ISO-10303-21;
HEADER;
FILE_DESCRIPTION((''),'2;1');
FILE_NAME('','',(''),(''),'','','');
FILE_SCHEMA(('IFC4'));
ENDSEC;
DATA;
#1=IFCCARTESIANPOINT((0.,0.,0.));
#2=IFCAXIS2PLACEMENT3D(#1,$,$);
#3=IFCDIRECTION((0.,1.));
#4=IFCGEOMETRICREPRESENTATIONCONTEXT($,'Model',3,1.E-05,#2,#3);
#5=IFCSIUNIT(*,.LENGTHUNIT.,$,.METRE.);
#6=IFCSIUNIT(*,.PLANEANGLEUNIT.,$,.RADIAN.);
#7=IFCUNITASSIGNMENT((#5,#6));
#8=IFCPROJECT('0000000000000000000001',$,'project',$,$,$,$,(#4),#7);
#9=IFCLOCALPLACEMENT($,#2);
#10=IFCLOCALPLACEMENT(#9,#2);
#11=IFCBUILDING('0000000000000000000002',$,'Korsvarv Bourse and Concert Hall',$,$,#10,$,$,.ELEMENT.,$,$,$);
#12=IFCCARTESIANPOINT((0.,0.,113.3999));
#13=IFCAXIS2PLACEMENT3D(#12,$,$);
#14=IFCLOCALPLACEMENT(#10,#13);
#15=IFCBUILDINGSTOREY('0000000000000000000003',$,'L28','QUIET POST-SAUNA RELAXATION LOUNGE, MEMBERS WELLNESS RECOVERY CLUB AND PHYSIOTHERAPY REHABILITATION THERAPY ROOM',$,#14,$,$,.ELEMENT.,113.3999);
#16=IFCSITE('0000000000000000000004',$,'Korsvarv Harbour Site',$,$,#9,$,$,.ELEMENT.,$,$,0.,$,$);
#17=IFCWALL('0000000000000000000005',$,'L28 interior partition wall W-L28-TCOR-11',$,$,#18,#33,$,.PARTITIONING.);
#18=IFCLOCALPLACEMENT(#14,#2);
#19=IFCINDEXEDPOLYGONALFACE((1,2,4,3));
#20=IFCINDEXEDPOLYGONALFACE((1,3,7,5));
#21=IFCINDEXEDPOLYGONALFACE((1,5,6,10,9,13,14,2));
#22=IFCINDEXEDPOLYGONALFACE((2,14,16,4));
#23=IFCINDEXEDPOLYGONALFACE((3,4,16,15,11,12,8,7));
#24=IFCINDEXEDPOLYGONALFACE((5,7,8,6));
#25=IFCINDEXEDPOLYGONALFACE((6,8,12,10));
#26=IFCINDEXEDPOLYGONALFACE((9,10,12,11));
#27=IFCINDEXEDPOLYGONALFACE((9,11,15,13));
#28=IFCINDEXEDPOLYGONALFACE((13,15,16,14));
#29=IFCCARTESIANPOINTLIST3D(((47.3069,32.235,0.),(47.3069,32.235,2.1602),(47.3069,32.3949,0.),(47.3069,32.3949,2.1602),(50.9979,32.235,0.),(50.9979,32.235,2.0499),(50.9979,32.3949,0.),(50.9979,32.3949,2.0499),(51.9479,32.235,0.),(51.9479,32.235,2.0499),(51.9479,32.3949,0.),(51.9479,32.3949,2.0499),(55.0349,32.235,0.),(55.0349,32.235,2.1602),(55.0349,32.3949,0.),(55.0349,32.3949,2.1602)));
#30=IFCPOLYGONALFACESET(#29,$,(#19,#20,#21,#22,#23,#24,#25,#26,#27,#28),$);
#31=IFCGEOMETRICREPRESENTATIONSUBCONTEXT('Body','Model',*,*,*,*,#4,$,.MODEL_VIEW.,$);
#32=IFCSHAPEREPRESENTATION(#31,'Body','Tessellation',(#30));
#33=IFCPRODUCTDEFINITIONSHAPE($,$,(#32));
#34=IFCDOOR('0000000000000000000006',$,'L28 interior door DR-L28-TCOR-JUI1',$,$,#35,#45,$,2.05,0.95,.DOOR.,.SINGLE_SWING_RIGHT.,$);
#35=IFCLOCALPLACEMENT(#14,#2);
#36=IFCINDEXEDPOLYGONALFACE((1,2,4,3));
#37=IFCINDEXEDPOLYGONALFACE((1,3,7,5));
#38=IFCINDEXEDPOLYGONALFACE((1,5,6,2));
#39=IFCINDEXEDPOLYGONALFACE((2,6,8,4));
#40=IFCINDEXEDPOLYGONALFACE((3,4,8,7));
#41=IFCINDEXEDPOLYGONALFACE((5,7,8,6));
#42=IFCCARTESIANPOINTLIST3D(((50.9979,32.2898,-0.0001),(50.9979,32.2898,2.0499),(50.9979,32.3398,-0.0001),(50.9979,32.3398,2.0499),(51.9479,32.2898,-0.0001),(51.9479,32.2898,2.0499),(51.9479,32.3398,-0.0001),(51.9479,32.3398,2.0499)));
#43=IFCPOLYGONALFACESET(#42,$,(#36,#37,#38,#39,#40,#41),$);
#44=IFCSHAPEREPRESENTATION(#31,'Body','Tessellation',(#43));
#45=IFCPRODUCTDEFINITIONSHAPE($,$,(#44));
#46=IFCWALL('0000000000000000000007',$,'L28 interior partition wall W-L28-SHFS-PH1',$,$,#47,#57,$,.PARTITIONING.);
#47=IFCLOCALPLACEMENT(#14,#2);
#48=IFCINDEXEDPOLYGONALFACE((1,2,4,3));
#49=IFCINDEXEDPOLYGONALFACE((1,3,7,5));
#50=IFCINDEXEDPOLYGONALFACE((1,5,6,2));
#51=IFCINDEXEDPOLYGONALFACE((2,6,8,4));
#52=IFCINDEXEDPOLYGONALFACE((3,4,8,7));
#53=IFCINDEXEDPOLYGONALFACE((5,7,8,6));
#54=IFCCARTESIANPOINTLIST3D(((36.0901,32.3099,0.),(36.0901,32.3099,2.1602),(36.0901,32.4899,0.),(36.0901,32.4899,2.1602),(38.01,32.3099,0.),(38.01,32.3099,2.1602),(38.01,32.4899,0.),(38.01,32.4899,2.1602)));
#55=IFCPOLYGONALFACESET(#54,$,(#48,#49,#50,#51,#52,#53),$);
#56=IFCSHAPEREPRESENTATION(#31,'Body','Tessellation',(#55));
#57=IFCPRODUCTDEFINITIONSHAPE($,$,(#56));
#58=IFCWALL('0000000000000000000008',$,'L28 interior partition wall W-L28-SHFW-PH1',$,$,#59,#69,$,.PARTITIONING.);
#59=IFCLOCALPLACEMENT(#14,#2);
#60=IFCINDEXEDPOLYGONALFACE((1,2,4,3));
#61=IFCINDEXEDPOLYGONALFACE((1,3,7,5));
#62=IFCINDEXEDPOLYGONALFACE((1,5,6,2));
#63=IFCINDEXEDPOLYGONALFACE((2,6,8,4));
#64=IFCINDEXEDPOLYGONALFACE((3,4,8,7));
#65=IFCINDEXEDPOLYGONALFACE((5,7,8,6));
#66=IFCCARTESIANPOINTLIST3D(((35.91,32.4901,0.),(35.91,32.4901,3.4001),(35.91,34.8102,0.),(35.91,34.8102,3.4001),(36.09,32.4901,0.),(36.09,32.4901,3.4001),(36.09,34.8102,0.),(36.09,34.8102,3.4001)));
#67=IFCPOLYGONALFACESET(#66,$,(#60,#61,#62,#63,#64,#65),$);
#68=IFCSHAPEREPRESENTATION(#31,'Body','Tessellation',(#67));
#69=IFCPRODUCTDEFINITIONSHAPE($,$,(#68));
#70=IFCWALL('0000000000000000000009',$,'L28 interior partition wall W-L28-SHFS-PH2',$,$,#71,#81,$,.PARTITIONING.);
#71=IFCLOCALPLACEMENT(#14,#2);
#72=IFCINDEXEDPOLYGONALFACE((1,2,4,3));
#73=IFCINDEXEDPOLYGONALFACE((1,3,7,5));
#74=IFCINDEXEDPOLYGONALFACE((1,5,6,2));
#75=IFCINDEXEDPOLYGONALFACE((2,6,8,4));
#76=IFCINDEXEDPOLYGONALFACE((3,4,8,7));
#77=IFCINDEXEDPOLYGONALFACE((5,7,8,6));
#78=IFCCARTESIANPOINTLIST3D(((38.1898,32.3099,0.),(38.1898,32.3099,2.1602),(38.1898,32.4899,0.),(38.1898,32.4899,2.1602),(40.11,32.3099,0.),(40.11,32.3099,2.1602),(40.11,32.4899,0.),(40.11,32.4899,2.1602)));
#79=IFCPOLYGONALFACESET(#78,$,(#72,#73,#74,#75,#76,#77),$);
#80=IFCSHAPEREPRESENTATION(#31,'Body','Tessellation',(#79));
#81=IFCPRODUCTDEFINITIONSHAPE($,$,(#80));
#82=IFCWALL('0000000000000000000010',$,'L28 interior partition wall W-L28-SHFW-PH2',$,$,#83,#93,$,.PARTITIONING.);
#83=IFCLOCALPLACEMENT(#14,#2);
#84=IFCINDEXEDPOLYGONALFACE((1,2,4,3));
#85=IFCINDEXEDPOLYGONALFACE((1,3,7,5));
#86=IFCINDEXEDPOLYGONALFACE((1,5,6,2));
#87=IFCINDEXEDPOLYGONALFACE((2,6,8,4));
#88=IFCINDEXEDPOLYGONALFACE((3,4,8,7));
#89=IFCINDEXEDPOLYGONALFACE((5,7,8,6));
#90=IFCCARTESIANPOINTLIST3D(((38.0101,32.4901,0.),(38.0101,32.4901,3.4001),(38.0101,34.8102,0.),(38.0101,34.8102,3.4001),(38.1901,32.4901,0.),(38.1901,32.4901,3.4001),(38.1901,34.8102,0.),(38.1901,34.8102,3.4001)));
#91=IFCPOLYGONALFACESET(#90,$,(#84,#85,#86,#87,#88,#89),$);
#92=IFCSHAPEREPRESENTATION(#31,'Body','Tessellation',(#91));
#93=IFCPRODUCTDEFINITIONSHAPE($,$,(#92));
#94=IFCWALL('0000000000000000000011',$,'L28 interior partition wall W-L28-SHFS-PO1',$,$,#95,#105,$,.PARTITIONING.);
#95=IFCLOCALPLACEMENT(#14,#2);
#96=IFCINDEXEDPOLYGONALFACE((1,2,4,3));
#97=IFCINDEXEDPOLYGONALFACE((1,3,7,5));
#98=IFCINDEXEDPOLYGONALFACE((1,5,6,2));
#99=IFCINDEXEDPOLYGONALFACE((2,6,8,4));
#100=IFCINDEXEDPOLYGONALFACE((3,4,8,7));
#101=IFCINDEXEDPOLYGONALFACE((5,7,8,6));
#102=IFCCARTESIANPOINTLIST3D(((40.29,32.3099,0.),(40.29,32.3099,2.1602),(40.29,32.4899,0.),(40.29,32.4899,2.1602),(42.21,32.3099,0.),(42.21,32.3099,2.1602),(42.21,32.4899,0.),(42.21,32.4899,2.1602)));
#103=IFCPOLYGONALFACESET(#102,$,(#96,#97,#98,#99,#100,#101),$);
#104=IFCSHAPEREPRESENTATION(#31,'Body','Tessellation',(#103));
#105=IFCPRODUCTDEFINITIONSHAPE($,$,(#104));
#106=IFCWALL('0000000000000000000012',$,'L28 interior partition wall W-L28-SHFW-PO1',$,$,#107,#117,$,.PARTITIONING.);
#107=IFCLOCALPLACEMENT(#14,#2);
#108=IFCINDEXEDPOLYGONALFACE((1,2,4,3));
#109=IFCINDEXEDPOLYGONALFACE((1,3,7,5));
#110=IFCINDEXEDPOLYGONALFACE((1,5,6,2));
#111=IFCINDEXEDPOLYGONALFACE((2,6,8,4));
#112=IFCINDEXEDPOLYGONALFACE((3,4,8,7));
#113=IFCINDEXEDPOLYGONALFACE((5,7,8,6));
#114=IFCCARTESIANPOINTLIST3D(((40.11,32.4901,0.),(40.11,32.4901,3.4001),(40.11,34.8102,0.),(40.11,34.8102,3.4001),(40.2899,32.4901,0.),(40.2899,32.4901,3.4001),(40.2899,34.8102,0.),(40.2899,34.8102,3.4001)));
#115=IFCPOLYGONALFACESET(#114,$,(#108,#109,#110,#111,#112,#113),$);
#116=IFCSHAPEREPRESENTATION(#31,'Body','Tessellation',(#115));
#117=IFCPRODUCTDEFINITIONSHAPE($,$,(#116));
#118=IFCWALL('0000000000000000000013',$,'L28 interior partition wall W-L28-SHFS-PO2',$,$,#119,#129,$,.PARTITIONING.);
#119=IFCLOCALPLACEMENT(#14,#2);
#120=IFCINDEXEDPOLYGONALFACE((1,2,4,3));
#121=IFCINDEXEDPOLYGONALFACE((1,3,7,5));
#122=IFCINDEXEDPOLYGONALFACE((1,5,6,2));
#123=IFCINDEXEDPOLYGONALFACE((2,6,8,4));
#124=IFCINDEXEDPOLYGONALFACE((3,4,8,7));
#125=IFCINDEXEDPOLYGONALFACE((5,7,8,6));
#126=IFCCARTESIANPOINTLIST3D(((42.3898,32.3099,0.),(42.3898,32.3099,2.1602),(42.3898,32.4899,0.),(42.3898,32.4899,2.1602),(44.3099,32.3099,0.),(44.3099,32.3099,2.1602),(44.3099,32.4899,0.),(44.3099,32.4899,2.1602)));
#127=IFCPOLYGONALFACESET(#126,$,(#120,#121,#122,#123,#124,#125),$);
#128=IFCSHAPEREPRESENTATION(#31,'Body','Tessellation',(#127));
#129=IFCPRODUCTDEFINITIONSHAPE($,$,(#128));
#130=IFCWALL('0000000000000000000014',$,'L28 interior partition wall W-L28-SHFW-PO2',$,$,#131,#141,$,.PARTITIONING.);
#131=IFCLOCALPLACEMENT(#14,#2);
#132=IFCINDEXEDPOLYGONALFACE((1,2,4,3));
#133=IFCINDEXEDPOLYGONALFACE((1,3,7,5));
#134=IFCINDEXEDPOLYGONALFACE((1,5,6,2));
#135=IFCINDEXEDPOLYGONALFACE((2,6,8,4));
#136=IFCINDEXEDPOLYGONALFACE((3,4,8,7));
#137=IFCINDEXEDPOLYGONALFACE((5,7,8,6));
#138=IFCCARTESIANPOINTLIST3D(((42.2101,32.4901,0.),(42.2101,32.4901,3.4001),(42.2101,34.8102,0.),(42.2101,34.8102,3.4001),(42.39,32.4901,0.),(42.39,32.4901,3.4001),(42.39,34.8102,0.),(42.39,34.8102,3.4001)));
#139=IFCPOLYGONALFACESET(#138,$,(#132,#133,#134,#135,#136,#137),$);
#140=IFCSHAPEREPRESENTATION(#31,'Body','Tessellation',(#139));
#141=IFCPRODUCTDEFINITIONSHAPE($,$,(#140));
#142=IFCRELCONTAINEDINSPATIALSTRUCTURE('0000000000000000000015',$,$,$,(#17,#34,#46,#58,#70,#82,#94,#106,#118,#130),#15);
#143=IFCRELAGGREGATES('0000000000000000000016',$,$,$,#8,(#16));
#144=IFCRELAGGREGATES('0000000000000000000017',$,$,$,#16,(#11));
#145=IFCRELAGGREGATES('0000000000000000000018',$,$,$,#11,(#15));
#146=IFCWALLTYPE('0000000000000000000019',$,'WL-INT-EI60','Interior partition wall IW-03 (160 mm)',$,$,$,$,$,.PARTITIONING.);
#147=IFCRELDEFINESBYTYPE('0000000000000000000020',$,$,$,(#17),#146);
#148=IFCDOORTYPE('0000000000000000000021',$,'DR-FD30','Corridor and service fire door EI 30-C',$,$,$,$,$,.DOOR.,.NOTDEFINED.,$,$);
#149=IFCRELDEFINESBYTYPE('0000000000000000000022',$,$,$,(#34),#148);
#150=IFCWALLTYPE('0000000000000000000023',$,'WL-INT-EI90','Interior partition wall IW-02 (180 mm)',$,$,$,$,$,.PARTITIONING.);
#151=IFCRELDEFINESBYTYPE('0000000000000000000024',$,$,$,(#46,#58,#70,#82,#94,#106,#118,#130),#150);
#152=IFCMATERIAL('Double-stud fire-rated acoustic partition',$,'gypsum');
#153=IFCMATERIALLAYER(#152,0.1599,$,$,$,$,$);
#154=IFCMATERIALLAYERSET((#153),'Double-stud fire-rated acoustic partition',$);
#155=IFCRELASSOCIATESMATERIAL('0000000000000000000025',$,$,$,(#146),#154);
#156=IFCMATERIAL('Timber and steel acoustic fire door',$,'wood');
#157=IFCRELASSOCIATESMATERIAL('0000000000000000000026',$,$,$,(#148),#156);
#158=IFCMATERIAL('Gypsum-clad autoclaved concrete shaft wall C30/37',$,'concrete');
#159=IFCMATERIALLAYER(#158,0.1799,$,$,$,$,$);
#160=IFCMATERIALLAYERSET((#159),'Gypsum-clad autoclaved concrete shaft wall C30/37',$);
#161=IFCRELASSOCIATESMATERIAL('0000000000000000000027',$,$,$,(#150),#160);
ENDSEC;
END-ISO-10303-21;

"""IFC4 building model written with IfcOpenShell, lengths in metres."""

from ifc_helpers import new_model, si_unit, direction, frame, frame_2d, origin, place, context, subcontext, project, spatial, rectangle, extrude, material, layer, layer_set, type_object, element, fill, save


model = new_model("IFC4")

# Units and contexts
model_context = context("Model", 3, precision=1e-05, world=origin(), true_north=direction((0.0, 1.0)))
body_context = subcontext(model_context, "Body", "Model", "MODEL_VIEW")
ifc_project = project(units=[si_unit("LENGTHUNIT", "METRE"), si_unit("PLANEANGLEUNIT", "RADIAN")], contexts=[model_context])

# Site, building, storey
site_placement = place(None, origin())
site = spatial("IfcSite", under=ifc_project, at=site_placement, Name="Korsvarv Harbour Site", CompositionType="ELEMENT", RefElevation=0.0)
building_placement = place(site_placement, origin())
building = spatial("IfcBuilding", under=site, at=building_placement, Name="Korsvarv Bourse and Concert Hall", CompositionType="ELEMENT")
storey_placement = place(building_placement, frame((0.0, 0.0, 113.3999)))
storey = spatial("IfcBuildingStorey", under=building, at=storey_placement, Name="L28", Description="QUIET POST-SAUNA RELAXATION LOUNGE, MEMBERS WELLNESS RECOVERY CLUB AND PHYSIOTHERAPY REHABILITATION THERAPY ROOM", CompositionType="ELEMENT", Elevation=113.3999)

# Shared definitions
ifc_material_1 = material(Name="Double-stud fire-rated acoustic partition", Category="gypsum")
ifc_layer_1 = layer(ifc_material_1, 0.1599)
ifc_layer_set_1 = layer_set([ifc_layer_1], Name="Double-stud fire-rated acoustic partition")
wall_type_1 = type_object("IfcWallType", Name="WL-INT-EI60", Description="Interior partition wall IW-03 (160 mm)", PredefinedType="PARTITIONING", material=ifc_layer_set_1)
ifc_material_2 = material(Name="Timber and steel acoustic fire door", Category="wood")
door_type = type_object("IfcDoorType", Name="DR-FD30", Description="Corridor and service fire door EI 30-C", OperationType="NOTDEFINED", PredefinedType="DOOR", material=ifc_material_2)

# Wall, opening, door
wall_1_placement = place(storey_placement, frame((47.3069, 32.3149, 0.0), z_axis=(0.0, 0.0, 1.0), x_axis=(1.0, 0.0, 0.0)))
wall_1 = element("IfcWall", 1, at=wall_1_placement, inside=storey, type_object=wall_type_1, Name="L28 interior partition wall W-L28-TCOR-11", PredefinedType="PARTITIONING", context=body_context, shape_type="SweptSolid", body=[
    extrude(rectangle(XDim=7.728, YDim=0.1599, at=frame_2d((3.864, 0.0))), origin(), (0.0, 0.0, 1.0), 2.1602),
])
opening_1_placement = place(wall_1_placement, frame((3.6909, 0.0, 0.0)))
opening_1 = element("IfcOpeningElement", 2, at=opening_1_placement, cuts=wall_1, PredefinedType="OPENING", context=body_context, shape_type="SweptSolid", body=[
    extrude(rectangle(XDim=0.95, YDim=2.05, at=frame_2d((0.4751, 1.0249))), frame((0.0, 0.0898, 0.0), z_axis=(0.0, -1.0, 0.0), x_axis=(1.0, 0.0, 0.0)), (0.0, 0.0, 1.0), 0.1799),
])
door_1_placement = place(opening_1_placement, origin())
door_1 = element("IfcDoor", 3, at=door_1_placement, inside=storey, type_object=door_type, Name="L28 interior door DR-L28-TCOR-JUI1", OperationType="SINGLE_SWING_RIGHT", OverallHeight=2.05, OverallWidth=0.95, PredefinedType="DOOR", context=body_context, shape_type="SweptSolid", body=[
    extrude(rectangle(XDim=0.95, YDim=2.05, at=frame_2d((0.4751, 1.0249))), frame((0.0, 0.0249, 0.0), z_axis=(0.0, -1.0, 0.0), x_axis=(1.0, 0.0, 0.0)), (0.0, 0.0, 1.0), 0.05),
])
fill(opening_1, door_1)

# Walls
ifc_material_3 = material(Name="Gypsum-clad autoclaved concrete shaft wall C30/37", Category="concrete")
ifc_layer_2 = layer(ifc_material_3, 0.1799)
ifc_layer_set_2 = layer_set([ifc_layer_2], Name="Gypsum-clad autoclaved concrete shaft wall C30/37")
wall_type_2 = type_object("IfcWallType", Name="WL-INT-EI90", Description="Interior partition wall IW-02 (180 mm)", PredefinedType="PARTITIONING", material=ifc_layer_set_2)
wall_2_placement = place(storey_placement, frame((36.0901, 32.3999, 0.0), z_axis=(0.0, 0.0, 1.0), x_axis=(1.0, 0.0, 0.0)))
element("IfcWall", 4, at=wall_2_placement, inside=storey, type_object=wall_type_2, Name="L28 interior partition wall W-L28-SHFS-PH1", PredefinedType="PARTITIONING", context=body_context, shape_type="SweptSolid", body=[
    extrude(rectangle(XDim=1.9199, YDim=0.1799, at=frame_2d((0.96, 0.0))), origin(), (0.0, 0.0, 1.0), 2.1602),
])
wall_3_placement = place(storey_placement, frame((36.0, 32.49, 0.0), z_axis=(0.0, 0.0, 1.0), x_axis=(0.0, 1.0, 0.0)))
element("IfcWall", 5, at=wall_3_placement, inside=storey, type_object=wall_type_2, Name="L28 interior partition wall W-L28-SHFW-PH1", PredefinedType="PARTITIONING", context=body_context, shape_type="SweptSolid", body=[
    extrude(rectangle(XDim=2.3201, YDim=0.1799, at=frame_2d((1.1602, 0.0))), origin(), (0.0, 0.0, 1.0), 3.4001),
])
wall_4_placement = place(storey_placement, frame((38.1899, 32.3999, 0.0), z_axis=(0.0, 0.0, 1.0), x_axis=(1.0, 0.0, 0.0)))
element("IfcWall", 6, at=wall_4_placement, inside=storey, type_object=wall_type_2, Name="L28 interior partition wall W-L28-SHFS-PH2", PredefinedType="PARTITIONING", context=body_context, shape_type="SweptSolid", body=[
    extrude(rectangle(XDim=1.9202, YDim=0.1799, at=frame_2d((0.96, 0.0))), origin(), (0.0, 0.0, 1.0), 2.1602),
])
wall_5_placement = place(storey_placement, frame((38.1001, 32.49, 0.0), z_axis=(0.0, 0.0, 1.0), x_axis=(0.0, 1.0, 0.0)))
element("IfcWall", 7, at=wall_5_placement, inside=storey, type_object=wall_type_2, Name="L28 interior partition wall W-L28-SHFW-PH2", PredefinedType="PARTITIONING", context=body_context, shape_type="SweptSolid", body=[
    extrude(rectangle(XDim=2.3201, YDim=0.1799, at=frame_2d((1.1602, 0.0))), origin(), (0.0, 0.0, 1.0), 3.4001),
])
wall_6_placement = place(storey_placement, frame((40.29, 32.3999, 0.0), z_axis=(0.0, 0.0, 1.0), x_axis=(1.0, 0.0, 0.0)))
element("IfcWall", 8, at=wall_6_placement, inside=storey, type_object=wall_type_2, Name="L28 interior partition wall W-L28-SHFS-PO1", PredefinedType="PARTITIONING", context=body_context, shape_type="SweptSolid", body=[
    extrude(rectangle(XDim=1.9199, YDim=0.1799, at=frame_2d((0.96, 0.0))), origin(), (0.0, 0.0, 1.0), 2.1602),
])
wall_7_placement = place(storey_placement, frame((40.2, 32.49, 0.0), z_axis=(0.0, 0.0, 1.0), x_axis=(0.0, 1.0, 0.0)))
element("IfcWall", 9, at=wall_7_placement, inside=storey, type_object=wall_type_2, Name="L28 interior partition wall W-L28-SHFW-PO1", PredefinedType="PARTITIONING", context=body_context, shape_type="SweptSolid", body=[
    extrude(rectangle(XDim=2.3201, YDim=0.1799, at=frame_2d((1.1602, 0.0))), origin(), (0.0, 0.0, 1.0), 3.4001),
])
wall_8_placement = place(storey_placement, frame((42.3899, 32.3999, 0.0), z_axis=(0.0, 0.0, 1.0), x_axis=(1.0, 0.0, 0.0)))
element("IfcWall", 10, at=wall_8_placement, inside=storey, type_object=wall_type_2, Name="L28 interior partition wall W-L28-SHFS-PO2", PredefinedType="PARTITIONING", context=body_context, shape_type="SweptSolid", body=[
    extrude(rectangle(XDim=1.9202, YDim=0.1799, at=frame_2d((0.96, 0.0))), origin(), (0.0, 0.0, 1.0), 2.1602),
])
wall_9_placement = place(storey_placement, frame((42.3, 32.49, 0.0), z_axis=(0.0, 0.0, 1.0), x_axis=(0.0, 1.0, 0.0)))
element("IfcWall", 11, at=wall_9_placement, inside=storey, type_object=wall_type_2, Name="L28 interior partition wall W-L28-SHFW-PO2", PredefinedType="PARTITIONING", context=body_context, shape_type="SweptSolid", body=[
    extrude(rectangle(XDim=2.3201, YDim=0.1799, at=frame_2d((1.1602, 0.0))), origin(), (0.0, 0.0, 1.0), 3.4001),
])

save(model, "model.ifc")
